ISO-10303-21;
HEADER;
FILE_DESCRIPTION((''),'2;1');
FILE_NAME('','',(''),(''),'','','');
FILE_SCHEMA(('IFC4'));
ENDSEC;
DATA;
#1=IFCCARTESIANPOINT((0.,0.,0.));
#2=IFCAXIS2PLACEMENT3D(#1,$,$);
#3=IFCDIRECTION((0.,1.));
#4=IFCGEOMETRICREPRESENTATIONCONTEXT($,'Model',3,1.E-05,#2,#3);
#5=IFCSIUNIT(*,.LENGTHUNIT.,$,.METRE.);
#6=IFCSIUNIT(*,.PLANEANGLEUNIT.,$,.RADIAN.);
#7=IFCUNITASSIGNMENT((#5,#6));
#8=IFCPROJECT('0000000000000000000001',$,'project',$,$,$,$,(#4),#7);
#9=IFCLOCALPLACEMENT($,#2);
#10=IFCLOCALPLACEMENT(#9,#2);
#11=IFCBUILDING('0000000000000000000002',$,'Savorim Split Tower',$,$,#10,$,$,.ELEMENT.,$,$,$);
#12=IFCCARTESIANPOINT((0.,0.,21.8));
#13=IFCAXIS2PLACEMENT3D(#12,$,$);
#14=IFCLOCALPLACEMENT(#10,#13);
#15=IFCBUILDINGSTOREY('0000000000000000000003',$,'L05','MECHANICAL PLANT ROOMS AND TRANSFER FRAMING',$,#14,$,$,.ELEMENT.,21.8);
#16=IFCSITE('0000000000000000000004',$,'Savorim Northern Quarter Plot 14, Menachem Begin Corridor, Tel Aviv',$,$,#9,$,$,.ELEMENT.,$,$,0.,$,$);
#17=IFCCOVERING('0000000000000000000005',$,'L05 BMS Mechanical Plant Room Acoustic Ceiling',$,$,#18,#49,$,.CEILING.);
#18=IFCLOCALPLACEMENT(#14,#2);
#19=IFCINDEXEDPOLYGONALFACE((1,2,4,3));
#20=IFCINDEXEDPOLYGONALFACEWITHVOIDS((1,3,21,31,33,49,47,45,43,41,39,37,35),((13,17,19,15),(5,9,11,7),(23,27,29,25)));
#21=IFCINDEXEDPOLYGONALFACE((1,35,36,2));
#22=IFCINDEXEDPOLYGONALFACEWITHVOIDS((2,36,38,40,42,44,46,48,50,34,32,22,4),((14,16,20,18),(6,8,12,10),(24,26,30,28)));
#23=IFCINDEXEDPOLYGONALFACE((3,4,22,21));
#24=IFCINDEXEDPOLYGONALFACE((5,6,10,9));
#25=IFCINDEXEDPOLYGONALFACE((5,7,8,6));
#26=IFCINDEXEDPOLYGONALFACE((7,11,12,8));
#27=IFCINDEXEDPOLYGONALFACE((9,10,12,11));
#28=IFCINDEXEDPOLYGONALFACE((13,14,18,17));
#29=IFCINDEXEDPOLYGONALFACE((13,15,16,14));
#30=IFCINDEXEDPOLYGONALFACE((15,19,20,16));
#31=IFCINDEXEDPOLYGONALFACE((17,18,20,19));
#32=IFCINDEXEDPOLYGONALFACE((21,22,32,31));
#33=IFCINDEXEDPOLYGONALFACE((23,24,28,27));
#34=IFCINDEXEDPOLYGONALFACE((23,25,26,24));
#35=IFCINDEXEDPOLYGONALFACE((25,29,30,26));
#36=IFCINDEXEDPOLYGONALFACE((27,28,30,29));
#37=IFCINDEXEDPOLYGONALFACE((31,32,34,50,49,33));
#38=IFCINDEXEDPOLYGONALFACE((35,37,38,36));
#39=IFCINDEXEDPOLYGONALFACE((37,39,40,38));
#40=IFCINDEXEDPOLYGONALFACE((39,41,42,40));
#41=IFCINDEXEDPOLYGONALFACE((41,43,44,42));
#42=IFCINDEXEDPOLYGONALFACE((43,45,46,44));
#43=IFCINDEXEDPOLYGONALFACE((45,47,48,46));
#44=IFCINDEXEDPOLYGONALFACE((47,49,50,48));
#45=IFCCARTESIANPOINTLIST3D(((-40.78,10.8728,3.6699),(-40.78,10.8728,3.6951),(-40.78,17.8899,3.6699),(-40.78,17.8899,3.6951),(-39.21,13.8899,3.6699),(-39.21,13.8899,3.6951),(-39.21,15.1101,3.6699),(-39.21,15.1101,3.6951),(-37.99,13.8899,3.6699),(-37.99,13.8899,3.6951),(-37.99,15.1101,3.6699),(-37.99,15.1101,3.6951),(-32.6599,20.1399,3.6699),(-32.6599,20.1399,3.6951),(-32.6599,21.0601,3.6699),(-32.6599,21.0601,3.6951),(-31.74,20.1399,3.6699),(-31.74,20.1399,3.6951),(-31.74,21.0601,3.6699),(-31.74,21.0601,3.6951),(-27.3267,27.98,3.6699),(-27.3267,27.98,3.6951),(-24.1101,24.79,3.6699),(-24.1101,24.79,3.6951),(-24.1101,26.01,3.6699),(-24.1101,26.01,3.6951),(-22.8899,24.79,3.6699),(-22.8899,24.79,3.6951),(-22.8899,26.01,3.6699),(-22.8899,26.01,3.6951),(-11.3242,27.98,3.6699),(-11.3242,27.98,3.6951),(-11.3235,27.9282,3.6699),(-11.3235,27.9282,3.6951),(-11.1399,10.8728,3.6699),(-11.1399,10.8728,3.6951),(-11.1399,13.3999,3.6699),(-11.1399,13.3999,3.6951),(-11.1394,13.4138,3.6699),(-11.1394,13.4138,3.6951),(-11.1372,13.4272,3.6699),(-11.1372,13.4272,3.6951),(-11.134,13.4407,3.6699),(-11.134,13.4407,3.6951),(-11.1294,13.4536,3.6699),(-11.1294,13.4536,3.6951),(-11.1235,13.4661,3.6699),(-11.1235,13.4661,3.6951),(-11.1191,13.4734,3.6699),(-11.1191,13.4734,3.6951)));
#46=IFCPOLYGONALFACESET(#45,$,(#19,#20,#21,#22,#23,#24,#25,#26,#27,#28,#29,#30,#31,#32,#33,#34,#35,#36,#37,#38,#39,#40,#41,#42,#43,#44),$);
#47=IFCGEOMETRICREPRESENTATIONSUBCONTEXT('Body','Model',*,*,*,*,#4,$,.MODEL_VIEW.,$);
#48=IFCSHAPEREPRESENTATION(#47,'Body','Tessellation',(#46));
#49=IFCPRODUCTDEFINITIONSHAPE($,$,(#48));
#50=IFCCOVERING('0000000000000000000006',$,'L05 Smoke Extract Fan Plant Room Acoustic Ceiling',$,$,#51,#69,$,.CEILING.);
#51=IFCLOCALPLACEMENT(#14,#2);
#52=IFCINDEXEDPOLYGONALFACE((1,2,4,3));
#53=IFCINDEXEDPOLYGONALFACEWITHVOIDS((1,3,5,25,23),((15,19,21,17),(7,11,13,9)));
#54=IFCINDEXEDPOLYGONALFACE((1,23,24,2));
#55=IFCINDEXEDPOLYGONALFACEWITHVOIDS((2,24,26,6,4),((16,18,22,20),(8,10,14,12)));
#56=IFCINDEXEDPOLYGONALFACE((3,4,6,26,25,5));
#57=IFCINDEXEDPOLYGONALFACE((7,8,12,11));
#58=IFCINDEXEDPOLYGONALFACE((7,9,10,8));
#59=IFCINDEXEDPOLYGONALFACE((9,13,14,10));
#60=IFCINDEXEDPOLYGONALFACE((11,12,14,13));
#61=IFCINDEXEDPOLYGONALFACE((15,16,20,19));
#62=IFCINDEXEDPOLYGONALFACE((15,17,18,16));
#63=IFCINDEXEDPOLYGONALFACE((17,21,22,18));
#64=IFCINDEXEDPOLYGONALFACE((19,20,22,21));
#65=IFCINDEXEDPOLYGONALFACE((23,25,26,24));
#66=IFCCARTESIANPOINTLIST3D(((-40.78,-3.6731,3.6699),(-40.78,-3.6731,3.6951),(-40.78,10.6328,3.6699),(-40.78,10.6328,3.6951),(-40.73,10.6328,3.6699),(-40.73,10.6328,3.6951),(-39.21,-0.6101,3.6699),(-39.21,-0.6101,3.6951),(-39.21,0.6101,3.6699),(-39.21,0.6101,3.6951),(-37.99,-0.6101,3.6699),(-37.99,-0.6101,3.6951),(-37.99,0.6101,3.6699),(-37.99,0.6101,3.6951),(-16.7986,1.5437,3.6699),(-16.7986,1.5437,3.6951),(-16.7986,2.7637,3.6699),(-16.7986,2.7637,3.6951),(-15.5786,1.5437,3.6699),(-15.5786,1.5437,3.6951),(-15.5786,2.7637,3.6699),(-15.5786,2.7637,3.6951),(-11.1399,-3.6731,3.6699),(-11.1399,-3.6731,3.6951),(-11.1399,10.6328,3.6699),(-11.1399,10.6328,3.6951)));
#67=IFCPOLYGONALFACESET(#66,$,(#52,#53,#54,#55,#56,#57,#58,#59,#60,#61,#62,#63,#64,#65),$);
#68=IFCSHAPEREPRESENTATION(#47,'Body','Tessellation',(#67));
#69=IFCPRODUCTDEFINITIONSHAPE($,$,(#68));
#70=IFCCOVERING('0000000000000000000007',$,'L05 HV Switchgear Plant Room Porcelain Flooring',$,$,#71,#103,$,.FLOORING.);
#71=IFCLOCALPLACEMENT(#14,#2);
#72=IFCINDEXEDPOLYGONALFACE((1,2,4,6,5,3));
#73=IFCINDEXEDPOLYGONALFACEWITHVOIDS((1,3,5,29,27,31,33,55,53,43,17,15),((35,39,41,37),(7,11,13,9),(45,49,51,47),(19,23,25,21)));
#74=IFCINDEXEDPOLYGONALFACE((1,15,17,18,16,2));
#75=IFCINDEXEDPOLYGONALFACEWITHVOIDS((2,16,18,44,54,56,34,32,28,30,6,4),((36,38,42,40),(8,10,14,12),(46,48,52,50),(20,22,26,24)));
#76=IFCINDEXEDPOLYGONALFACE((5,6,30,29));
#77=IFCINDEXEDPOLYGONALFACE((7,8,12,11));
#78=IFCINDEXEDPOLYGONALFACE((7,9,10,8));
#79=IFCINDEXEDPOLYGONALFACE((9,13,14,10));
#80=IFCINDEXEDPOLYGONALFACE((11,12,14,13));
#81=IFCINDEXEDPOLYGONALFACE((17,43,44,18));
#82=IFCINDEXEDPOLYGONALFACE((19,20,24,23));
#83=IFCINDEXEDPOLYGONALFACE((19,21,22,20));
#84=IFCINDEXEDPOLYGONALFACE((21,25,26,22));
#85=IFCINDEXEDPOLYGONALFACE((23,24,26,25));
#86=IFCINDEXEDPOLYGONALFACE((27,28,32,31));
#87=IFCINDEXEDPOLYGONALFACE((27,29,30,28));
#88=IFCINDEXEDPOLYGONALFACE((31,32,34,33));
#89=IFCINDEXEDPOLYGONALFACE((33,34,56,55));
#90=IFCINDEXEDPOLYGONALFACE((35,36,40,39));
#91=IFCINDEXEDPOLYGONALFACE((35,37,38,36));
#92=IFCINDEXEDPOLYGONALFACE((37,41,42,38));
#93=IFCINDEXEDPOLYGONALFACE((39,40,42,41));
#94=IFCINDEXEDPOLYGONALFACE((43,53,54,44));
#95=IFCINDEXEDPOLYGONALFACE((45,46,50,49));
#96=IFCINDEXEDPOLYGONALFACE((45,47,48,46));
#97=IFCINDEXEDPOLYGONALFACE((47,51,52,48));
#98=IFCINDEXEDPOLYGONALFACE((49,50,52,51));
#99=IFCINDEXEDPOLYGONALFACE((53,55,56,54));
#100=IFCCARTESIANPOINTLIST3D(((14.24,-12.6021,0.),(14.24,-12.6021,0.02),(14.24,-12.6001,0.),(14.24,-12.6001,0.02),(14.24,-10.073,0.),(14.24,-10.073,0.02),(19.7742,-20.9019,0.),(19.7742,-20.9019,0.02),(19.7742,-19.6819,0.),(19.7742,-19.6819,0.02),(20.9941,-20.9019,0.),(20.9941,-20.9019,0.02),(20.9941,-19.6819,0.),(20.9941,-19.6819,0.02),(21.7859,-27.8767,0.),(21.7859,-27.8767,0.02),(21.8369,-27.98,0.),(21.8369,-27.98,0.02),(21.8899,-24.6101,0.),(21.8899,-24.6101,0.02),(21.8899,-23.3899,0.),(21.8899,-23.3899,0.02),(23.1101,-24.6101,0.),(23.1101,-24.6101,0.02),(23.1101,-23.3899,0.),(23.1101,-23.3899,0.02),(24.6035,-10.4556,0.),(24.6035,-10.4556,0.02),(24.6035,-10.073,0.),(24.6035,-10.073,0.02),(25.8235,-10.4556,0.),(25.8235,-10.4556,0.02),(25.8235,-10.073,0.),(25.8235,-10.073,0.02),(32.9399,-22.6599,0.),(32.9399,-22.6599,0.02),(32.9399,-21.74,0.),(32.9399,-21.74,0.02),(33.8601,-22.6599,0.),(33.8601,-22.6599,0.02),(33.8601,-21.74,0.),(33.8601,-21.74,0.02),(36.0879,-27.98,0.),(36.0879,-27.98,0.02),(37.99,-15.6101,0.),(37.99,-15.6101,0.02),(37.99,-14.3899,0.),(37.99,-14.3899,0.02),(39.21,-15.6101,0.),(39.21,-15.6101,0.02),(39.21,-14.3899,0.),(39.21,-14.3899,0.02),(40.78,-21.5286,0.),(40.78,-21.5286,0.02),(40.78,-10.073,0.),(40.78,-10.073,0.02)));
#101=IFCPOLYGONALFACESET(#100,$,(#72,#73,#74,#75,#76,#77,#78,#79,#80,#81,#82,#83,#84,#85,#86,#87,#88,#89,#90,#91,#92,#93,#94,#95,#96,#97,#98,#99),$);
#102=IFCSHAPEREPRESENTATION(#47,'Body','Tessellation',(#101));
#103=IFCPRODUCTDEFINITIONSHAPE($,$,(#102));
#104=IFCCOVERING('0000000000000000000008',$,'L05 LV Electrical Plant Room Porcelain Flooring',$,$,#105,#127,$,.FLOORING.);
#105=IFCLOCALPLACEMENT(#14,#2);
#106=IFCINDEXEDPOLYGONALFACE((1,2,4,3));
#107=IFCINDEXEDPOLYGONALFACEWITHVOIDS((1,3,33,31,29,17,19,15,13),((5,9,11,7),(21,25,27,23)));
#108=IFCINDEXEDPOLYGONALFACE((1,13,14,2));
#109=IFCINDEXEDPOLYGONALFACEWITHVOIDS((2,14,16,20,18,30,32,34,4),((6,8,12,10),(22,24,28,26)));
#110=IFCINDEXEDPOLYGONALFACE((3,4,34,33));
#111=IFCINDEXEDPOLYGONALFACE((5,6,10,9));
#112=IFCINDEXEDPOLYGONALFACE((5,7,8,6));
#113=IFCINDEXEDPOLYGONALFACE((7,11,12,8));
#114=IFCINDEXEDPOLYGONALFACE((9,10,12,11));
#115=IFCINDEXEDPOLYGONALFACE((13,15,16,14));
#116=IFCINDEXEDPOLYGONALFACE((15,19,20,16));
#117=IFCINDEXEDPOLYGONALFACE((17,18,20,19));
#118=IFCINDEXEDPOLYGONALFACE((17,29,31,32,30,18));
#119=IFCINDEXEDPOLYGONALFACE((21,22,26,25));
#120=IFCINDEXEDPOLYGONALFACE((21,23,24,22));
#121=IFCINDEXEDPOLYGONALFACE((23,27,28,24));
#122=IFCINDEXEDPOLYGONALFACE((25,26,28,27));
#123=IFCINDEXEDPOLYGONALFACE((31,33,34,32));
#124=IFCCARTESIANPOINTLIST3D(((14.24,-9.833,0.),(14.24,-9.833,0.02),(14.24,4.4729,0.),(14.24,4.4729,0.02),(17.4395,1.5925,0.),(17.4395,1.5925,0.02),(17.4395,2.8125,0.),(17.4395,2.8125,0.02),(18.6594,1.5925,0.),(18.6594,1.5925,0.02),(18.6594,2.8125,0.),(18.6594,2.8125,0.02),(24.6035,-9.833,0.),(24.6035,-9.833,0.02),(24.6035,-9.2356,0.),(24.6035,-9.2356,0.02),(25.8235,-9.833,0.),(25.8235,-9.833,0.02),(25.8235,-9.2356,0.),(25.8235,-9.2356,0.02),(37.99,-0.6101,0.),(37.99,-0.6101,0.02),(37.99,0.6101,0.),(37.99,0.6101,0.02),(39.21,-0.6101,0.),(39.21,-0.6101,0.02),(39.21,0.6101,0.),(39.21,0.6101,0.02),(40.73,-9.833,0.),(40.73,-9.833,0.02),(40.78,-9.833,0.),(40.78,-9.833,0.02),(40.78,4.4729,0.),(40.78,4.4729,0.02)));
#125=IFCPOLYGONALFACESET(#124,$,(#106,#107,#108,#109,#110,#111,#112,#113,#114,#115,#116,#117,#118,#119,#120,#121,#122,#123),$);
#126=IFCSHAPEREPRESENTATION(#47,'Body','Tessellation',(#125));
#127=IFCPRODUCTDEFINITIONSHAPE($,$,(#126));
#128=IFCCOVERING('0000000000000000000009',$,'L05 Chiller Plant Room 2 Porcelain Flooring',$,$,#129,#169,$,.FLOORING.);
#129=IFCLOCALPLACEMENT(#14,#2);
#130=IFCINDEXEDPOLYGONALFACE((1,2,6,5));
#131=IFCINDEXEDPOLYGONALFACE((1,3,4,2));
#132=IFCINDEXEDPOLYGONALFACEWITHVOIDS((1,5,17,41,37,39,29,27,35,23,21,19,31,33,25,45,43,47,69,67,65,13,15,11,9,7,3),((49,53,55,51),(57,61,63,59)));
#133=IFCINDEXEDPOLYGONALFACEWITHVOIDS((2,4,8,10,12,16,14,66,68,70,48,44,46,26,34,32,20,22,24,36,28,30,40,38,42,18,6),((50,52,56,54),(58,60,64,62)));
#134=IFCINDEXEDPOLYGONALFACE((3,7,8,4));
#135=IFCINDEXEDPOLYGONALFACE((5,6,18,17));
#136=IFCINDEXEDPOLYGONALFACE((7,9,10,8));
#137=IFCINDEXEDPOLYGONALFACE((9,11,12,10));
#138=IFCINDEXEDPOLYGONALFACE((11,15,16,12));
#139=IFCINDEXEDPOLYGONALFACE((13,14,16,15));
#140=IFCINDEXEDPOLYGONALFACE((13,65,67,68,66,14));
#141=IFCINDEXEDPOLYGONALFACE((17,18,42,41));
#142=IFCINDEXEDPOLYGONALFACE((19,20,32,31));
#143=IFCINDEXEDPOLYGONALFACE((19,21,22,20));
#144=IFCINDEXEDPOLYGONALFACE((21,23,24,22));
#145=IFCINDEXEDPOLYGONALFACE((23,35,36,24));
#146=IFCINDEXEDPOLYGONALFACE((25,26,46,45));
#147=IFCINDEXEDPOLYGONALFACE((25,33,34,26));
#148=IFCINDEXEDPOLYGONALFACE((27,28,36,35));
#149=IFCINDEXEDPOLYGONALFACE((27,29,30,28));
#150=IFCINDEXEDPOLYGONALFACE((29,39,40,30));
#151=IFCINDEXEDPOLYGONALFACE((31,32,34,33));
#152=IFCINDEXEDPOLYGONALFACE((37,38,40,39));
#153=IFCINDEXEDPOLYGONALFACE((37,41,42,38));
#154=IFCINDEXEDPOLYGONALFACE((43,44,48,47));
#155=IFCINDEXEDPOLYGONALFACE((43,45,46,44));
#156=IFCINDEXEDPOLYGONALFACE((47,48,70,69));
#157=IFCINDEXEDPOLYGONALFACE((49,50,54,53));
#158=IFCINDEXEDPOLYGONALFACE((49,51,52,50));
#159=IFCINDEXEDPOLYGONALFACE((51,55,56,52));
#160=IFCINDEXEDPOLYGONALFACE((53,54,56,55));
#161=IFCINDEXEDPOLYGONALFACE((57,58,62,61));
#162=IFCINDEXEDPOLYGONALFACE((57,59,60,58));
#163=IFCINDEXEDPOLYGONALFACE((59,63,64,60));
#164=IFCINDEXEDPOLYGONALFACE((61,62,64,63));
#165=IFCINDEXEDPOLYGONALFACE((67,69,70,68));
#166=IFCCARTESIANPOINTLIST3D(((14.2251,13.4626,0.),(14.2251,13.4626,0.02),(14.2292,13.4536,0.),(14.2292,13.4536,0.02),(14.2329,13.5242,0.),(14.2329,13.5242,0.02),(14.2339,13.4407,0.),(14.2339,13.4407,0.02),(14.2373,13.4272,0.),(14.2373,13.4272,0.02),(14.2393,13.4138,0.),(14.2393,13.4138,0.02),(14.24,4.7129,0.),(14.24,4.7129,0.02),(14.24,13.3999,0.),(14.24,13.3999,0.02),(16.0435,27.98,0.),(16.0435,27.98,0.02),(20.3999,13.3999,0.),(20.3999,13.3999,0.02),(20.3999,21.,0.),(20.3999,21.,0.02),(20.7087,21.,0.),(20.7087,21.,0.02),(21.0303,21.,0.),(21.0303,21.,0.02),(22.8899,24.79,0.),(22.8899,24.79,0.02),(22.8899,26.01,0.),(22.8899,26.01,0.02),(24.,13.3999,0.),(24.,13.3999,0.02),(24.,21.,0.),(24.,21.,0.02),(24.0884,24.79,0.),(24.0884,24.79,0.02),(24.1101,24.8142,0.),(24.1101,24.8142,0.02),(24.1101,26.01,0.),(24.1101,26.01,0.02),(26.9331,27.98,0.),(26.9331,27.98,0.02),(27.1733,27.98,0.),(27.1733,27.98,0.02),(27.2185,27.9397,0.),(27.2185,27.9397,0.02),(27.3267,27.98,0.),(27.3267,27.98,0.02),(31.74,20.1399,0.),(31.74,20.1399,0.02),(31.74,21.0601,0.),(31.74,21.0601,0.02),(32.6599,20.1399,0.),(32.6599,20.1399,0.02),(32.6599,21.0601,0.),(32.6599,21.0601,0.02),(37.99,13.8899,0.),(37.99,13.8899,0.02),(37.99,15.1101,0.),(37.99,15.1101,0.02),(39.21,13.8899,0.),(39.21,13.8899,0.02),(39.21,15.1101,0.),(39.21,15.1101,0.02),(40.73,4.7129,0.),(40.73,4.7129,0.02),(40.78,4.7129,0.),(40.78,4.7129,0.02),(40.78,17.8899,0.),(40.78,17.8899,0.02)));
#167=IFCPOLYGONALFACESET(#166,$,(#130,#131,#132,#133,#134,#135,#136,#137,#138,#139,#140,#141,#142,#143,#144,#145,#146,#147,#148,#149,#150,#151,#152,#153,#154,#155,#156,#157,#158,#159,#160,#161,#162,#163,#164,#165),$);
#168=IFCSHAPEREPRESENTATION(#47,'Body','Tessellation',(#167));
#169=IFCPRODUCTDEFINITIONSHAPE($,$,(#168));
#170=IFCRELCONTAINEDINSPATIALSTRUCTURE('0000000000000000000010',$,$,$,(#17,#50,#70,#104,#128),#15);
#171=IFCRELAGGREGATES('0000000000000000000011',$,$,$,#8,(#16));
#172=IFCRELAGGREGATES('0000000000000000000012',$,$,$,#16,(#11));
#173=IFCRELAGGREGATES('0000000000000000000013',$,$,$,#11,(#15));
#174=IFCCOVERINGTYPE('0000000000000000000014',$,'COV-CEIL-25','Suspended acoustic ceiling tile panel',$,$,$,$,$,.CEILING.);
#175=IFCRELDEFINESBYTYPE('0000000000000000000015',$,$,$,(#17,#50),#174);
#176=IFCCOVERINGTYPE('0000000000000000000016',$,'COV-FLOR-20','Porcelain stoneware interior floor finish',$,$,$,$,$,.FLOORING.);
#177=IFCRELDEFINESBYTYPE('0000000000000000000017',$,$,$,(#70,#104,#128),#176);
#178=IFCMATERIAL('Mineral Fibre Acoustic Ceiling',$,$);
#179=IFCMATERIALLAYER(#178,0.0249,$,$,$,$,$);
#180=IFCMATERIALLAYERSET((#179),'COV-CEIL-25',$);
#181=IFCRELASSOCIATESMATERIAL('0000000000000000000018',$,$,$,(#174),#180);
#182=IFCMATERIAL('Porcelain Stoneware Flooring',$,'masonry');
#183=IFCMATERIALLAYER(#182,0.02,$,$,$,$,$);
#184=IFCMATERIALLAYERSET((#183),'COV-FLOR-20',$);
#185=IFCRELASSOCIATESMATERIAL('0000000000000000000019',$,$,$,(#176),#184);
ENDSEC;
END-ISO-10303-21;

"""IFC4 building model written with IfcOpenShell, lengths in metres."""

from ifc_helpers import new_model, si_unit, direction, frame, origin, place, context, subcontext, project, spatial, polyline, outline, extrude, material, layer, layer_set, type_object, element, save


model = new_model("IFC4")

# Units and contexts
model_context = context("Model", 3, precision=1e-05, world=origin(), true_north=direction((0.0, 1.0)))
body_context = subcontext(model_context, "Body", "Model", "MODEL_VIEW")
ifc_project = project(units=[si_unit("LENGTHUNIT", "METRE"), si_unit("PLANEANGLEUNIT", "RADIAN")], contexts=[model_context])

# Site, building, storey
site_placement = place(None, origin())
site = spatial("IfcSite", under=ifc_project, at=site_placement, Name="Savorim Northern Quarter Plot 14, Menachem Begin Corridor, Tel Aviv", CompositionType="ELEMENT", RefElevation=0.0)
building_placement = place(site_placement, origin())
building = spatial("IfcBuilding", under=site, at=building_placement, Name="Savorim Split Tower", CompositionType="ELEMENT")
storey_placement = place(building_placement, frame((0.0, 0.0, 21.8)))
storey = spatial("IfcBuildingStorey", under=building, at=storey_placement, Name="L05", Description="MECHANICAL PLANT ROOMS AND TRANSFER FRAMING", CompositionType="ELEMENT", Elevation=21.8)

# Coverings
ifc_material_1 = material(Name="Mineral Fibre Acoustic Ceiling")
ifc_layer_1 = layer(ifc_material_1, 0.0249)
ifc_layer_set_1 = layer_set([ifc_layer_1], Name="COV-CEIL-25")
covering_type_1 = type_object("IfcCoveringType", Name="COV-CEIL-25", Description="Suspended acoustic ceiling tile panel", PredefinedType="CEILING", material=ifc_layer_set_1)
covering_1_placement = place(storey_placement, frame((0.0, 0.0, 3.6699)))
element("IfcCovering", 1, at=covering_1_placement, inside=storey, type_object=covering_type_1, Name="L05 BMS Mechanical Plant Room Acoustic Ceiling", PredefinedType="CEILING", context=body_context, shape_type="SweptSolid", body=[
    extrude(outline(polyline([(-11.3242, 27.98), (-27.3267, 27.98), (-40.78, 17.8899), (-40.78, 10.8728), (-11.1399, 10.8728), (-11.1399, 13.3999), (-11.1394, 13.4138), (-11.1372, 13.4272), (-11.134, 13.4407), (-11.1294, 13.4536), (-11.1235, 13.4661), (-11.1191, 13.4734), (-11.3235, 27.9282), (-11.3242, 27.98)]), holes=[polyline([(-22.8899, 26.01), (-24.1101, 26.01), (-24.1101, 24.79), (-22.8899, 24.79), (-22.8899, 26.01)]), polyline([(-37.99, 15.1101), (-39.21, 15.1101), (-39.21, 13.8899), (-37.99, 13.8899), (-37.99, 15.1101)]), polyline([(-31.74, 20.1399), (-31.74, 21.0601), (-32.6599, 21.0601), (-32.6599, 20.1399), (-31.74, 20.1399)])]), origin(), (0.0, 0.0, 1.0), 0.0251),
])
covering_2_placement = place(storey_placement, frame((0.0, 0.0, 3.6699)))
element("IfcCovering", 2, at=covering_2_placement, inside=storey, type_object=covering_type_1, Name="L05 Smoke Extract Fan Plant Room Acoustic Ceiling", PredefinedType="CEILING", context=body_context, shape_type="SweptSolid", body=[
    extrude(outline(polyline([(-11.1399, 10.6328), (-40.73, 10.6328), (-40.78, 10.6328), (-40.78, -3.6731), (-11.1399, -3.6731), (-11.1399, 10.6328)]), holes=[polyline([(-37.99, 0.6101), (-39.21, 0.6101), (-39.21, -0.6101), (-37.99, -0.6101), (-37.99, 0.6101)]), polyline([(-15.5786, 1.5437), (-15.5786, 2.7637), (-16.7986, 2.7637), (-16.7986, 1.5437), (-15.5786, 1.5437)])]), origin(), (0.0, 0.0, 1.0), 0.0251),
])
ifc_material_2 = material(Name="Porcelain Stoneware Flooring", Category="masonry")
ifc_layer_2 = layer(ifc_material_2, 0.02)
ifc_layer_set_2 = layer_set([ifc_layer_2], Name="COV-FLOR-20")
covering_type_2 = type_object("IfcCoveringType", Name="COV-FLOR-20", Description="Porcelain stoneware interior floor finish", PredefinedType="FLOORING", material=ifc_layer_set_2)
covering_3_placement = place(storey_placement, origin())
element("IfcCovering", 3, at=covering_3_placement, inside=storey, type_object=covering_type_2, Name="L05 HV Switchgear Plant Room Porcelain Flooring", PredefinedType="FLOORING", context=body_context, shape_type="SweptSolid", body=[
    extrude(outline(polyline([(21.8369, -27.98), (36.0879, -27.98), (40.78, -21.5286), (40.78, -10.073), (25.8235, -10.073), (25.8235, -10.4556), (24.6035, -10.4556), (24.6035, -10.073), (14.24, -10.073), (14.24, -12.6001), (14.24, -12.6021), (21.7859, -27.8767), (21.8369, -27.98)]), holes=[polyline([(37.99, -14.3899), (37.99, -15.6101), (39.21, -15.6101), (39.21, -14.3899), (37.99, -14.3899)]), polyline([(21.8899, -24.6101), (23.1101, -24.6101), (23.1101, -23.3899), (21.8899, -23.3899), (21.8899, -24.6101)]), polyline([(19.7742, -20.9019), (20.9941, -20.9019), (20.9941, -19.6819), (19.7742, -19.6819), (19.7742, -20.9019)]), polyline([(32.9399, -21.74), (32.9399, -22.6599), (33.8601, -22.6599), (33.8601, -21.74), (32.9399, -21.74)])]), origin(), (0.0, 0.0, 1.0), 0.02),
])
covering_4_placement = place(storey_placement, origin())
element("IfcCovering", 4, at=covering_4_placement, inside=storey, type_object=covering_type_2, Name="L05 LV Electrical Plant Room Porcelain Flooring", PredefinedType="FLOORING", context=body_context, shape_type="SweptSolid", body=[
    extrude(outline(polyline([(25.8235, -9.833), (40.73, -9.833), (40.78, -9.833), (40.78, 4.4729), (14.24, 4.4729), (14.24, -9.833), (24.6035, -9.833), (24.6035, -9.2356), (25.8235, -9.2356), (25.8235, -9.833)]), holes=[polyline([(37.99, 0.6101), (37.99, -0.6101), (39.21, -0.6101), (39.21, 0.6101), (37.99, 0.6101)]), polyline([(18.6594, 2.8125), (17.4395, 2.8125), (17.4395, 1.5925), (18.6594, 1.5925), (18.6594, 2.8125)])]), origin(), (0.0, 0.0, 1.0), 0.02),
])
covering_5_placement = place(storey_placement, origin())
element("IfcCovering", 5, at=covering_5_placement, inside=storey, type_object=covering_type_2, Name="L05 Chiller Plant Room 2 Porcelain Flooring", PredefinedType="FLOORING", context=body_context, shape_type="SweptSolid", body=[
    extrude(outline(polyline([(24.1101, 26.01), (24.1101, 24.8142), (26.9331, 27.98), (16.0435, 27.98), (14.2329, 13.5242), (14.2251, 13.4626), (14.2292, 13.4536), (14.2339, 13.4407), (14.2373, 13.4272), (14.2393, 13.4138), (14.24, 13.3999), (14.24, 4.7129), (40.73, 4.7129), (40.78, 4.7129), (40.78, 17.8899), (27.3267, 27.98), (27.1733, 27.98), (27.2185, 27.9397), (21.0303, 21.0), (24.0, 21.0), (24.0, 13.3999), (20.3999, 13.3999), (20.3999, 21.0), (20.7087, 21.0), (24.0884, 24.79), (22.8899, 24.79), (22.8899, 26.01), (24.1101, 26.01)]), holes=[polyline([(37.99, 13.8899), (39.21, 13.8899), (39.21, 15.1101), (37.99, 15.1101), (37.99, 13.8899)]), polyline([(31.74, 20.1399), (32.6599, 20.1399), (32.6599, 21.0601), (31.74, 21.0601), (31.74, 20.1399)])]), origin(), (0.0, 0.0, 1.0), 0.02),
])

save(model, "model.ifc")
